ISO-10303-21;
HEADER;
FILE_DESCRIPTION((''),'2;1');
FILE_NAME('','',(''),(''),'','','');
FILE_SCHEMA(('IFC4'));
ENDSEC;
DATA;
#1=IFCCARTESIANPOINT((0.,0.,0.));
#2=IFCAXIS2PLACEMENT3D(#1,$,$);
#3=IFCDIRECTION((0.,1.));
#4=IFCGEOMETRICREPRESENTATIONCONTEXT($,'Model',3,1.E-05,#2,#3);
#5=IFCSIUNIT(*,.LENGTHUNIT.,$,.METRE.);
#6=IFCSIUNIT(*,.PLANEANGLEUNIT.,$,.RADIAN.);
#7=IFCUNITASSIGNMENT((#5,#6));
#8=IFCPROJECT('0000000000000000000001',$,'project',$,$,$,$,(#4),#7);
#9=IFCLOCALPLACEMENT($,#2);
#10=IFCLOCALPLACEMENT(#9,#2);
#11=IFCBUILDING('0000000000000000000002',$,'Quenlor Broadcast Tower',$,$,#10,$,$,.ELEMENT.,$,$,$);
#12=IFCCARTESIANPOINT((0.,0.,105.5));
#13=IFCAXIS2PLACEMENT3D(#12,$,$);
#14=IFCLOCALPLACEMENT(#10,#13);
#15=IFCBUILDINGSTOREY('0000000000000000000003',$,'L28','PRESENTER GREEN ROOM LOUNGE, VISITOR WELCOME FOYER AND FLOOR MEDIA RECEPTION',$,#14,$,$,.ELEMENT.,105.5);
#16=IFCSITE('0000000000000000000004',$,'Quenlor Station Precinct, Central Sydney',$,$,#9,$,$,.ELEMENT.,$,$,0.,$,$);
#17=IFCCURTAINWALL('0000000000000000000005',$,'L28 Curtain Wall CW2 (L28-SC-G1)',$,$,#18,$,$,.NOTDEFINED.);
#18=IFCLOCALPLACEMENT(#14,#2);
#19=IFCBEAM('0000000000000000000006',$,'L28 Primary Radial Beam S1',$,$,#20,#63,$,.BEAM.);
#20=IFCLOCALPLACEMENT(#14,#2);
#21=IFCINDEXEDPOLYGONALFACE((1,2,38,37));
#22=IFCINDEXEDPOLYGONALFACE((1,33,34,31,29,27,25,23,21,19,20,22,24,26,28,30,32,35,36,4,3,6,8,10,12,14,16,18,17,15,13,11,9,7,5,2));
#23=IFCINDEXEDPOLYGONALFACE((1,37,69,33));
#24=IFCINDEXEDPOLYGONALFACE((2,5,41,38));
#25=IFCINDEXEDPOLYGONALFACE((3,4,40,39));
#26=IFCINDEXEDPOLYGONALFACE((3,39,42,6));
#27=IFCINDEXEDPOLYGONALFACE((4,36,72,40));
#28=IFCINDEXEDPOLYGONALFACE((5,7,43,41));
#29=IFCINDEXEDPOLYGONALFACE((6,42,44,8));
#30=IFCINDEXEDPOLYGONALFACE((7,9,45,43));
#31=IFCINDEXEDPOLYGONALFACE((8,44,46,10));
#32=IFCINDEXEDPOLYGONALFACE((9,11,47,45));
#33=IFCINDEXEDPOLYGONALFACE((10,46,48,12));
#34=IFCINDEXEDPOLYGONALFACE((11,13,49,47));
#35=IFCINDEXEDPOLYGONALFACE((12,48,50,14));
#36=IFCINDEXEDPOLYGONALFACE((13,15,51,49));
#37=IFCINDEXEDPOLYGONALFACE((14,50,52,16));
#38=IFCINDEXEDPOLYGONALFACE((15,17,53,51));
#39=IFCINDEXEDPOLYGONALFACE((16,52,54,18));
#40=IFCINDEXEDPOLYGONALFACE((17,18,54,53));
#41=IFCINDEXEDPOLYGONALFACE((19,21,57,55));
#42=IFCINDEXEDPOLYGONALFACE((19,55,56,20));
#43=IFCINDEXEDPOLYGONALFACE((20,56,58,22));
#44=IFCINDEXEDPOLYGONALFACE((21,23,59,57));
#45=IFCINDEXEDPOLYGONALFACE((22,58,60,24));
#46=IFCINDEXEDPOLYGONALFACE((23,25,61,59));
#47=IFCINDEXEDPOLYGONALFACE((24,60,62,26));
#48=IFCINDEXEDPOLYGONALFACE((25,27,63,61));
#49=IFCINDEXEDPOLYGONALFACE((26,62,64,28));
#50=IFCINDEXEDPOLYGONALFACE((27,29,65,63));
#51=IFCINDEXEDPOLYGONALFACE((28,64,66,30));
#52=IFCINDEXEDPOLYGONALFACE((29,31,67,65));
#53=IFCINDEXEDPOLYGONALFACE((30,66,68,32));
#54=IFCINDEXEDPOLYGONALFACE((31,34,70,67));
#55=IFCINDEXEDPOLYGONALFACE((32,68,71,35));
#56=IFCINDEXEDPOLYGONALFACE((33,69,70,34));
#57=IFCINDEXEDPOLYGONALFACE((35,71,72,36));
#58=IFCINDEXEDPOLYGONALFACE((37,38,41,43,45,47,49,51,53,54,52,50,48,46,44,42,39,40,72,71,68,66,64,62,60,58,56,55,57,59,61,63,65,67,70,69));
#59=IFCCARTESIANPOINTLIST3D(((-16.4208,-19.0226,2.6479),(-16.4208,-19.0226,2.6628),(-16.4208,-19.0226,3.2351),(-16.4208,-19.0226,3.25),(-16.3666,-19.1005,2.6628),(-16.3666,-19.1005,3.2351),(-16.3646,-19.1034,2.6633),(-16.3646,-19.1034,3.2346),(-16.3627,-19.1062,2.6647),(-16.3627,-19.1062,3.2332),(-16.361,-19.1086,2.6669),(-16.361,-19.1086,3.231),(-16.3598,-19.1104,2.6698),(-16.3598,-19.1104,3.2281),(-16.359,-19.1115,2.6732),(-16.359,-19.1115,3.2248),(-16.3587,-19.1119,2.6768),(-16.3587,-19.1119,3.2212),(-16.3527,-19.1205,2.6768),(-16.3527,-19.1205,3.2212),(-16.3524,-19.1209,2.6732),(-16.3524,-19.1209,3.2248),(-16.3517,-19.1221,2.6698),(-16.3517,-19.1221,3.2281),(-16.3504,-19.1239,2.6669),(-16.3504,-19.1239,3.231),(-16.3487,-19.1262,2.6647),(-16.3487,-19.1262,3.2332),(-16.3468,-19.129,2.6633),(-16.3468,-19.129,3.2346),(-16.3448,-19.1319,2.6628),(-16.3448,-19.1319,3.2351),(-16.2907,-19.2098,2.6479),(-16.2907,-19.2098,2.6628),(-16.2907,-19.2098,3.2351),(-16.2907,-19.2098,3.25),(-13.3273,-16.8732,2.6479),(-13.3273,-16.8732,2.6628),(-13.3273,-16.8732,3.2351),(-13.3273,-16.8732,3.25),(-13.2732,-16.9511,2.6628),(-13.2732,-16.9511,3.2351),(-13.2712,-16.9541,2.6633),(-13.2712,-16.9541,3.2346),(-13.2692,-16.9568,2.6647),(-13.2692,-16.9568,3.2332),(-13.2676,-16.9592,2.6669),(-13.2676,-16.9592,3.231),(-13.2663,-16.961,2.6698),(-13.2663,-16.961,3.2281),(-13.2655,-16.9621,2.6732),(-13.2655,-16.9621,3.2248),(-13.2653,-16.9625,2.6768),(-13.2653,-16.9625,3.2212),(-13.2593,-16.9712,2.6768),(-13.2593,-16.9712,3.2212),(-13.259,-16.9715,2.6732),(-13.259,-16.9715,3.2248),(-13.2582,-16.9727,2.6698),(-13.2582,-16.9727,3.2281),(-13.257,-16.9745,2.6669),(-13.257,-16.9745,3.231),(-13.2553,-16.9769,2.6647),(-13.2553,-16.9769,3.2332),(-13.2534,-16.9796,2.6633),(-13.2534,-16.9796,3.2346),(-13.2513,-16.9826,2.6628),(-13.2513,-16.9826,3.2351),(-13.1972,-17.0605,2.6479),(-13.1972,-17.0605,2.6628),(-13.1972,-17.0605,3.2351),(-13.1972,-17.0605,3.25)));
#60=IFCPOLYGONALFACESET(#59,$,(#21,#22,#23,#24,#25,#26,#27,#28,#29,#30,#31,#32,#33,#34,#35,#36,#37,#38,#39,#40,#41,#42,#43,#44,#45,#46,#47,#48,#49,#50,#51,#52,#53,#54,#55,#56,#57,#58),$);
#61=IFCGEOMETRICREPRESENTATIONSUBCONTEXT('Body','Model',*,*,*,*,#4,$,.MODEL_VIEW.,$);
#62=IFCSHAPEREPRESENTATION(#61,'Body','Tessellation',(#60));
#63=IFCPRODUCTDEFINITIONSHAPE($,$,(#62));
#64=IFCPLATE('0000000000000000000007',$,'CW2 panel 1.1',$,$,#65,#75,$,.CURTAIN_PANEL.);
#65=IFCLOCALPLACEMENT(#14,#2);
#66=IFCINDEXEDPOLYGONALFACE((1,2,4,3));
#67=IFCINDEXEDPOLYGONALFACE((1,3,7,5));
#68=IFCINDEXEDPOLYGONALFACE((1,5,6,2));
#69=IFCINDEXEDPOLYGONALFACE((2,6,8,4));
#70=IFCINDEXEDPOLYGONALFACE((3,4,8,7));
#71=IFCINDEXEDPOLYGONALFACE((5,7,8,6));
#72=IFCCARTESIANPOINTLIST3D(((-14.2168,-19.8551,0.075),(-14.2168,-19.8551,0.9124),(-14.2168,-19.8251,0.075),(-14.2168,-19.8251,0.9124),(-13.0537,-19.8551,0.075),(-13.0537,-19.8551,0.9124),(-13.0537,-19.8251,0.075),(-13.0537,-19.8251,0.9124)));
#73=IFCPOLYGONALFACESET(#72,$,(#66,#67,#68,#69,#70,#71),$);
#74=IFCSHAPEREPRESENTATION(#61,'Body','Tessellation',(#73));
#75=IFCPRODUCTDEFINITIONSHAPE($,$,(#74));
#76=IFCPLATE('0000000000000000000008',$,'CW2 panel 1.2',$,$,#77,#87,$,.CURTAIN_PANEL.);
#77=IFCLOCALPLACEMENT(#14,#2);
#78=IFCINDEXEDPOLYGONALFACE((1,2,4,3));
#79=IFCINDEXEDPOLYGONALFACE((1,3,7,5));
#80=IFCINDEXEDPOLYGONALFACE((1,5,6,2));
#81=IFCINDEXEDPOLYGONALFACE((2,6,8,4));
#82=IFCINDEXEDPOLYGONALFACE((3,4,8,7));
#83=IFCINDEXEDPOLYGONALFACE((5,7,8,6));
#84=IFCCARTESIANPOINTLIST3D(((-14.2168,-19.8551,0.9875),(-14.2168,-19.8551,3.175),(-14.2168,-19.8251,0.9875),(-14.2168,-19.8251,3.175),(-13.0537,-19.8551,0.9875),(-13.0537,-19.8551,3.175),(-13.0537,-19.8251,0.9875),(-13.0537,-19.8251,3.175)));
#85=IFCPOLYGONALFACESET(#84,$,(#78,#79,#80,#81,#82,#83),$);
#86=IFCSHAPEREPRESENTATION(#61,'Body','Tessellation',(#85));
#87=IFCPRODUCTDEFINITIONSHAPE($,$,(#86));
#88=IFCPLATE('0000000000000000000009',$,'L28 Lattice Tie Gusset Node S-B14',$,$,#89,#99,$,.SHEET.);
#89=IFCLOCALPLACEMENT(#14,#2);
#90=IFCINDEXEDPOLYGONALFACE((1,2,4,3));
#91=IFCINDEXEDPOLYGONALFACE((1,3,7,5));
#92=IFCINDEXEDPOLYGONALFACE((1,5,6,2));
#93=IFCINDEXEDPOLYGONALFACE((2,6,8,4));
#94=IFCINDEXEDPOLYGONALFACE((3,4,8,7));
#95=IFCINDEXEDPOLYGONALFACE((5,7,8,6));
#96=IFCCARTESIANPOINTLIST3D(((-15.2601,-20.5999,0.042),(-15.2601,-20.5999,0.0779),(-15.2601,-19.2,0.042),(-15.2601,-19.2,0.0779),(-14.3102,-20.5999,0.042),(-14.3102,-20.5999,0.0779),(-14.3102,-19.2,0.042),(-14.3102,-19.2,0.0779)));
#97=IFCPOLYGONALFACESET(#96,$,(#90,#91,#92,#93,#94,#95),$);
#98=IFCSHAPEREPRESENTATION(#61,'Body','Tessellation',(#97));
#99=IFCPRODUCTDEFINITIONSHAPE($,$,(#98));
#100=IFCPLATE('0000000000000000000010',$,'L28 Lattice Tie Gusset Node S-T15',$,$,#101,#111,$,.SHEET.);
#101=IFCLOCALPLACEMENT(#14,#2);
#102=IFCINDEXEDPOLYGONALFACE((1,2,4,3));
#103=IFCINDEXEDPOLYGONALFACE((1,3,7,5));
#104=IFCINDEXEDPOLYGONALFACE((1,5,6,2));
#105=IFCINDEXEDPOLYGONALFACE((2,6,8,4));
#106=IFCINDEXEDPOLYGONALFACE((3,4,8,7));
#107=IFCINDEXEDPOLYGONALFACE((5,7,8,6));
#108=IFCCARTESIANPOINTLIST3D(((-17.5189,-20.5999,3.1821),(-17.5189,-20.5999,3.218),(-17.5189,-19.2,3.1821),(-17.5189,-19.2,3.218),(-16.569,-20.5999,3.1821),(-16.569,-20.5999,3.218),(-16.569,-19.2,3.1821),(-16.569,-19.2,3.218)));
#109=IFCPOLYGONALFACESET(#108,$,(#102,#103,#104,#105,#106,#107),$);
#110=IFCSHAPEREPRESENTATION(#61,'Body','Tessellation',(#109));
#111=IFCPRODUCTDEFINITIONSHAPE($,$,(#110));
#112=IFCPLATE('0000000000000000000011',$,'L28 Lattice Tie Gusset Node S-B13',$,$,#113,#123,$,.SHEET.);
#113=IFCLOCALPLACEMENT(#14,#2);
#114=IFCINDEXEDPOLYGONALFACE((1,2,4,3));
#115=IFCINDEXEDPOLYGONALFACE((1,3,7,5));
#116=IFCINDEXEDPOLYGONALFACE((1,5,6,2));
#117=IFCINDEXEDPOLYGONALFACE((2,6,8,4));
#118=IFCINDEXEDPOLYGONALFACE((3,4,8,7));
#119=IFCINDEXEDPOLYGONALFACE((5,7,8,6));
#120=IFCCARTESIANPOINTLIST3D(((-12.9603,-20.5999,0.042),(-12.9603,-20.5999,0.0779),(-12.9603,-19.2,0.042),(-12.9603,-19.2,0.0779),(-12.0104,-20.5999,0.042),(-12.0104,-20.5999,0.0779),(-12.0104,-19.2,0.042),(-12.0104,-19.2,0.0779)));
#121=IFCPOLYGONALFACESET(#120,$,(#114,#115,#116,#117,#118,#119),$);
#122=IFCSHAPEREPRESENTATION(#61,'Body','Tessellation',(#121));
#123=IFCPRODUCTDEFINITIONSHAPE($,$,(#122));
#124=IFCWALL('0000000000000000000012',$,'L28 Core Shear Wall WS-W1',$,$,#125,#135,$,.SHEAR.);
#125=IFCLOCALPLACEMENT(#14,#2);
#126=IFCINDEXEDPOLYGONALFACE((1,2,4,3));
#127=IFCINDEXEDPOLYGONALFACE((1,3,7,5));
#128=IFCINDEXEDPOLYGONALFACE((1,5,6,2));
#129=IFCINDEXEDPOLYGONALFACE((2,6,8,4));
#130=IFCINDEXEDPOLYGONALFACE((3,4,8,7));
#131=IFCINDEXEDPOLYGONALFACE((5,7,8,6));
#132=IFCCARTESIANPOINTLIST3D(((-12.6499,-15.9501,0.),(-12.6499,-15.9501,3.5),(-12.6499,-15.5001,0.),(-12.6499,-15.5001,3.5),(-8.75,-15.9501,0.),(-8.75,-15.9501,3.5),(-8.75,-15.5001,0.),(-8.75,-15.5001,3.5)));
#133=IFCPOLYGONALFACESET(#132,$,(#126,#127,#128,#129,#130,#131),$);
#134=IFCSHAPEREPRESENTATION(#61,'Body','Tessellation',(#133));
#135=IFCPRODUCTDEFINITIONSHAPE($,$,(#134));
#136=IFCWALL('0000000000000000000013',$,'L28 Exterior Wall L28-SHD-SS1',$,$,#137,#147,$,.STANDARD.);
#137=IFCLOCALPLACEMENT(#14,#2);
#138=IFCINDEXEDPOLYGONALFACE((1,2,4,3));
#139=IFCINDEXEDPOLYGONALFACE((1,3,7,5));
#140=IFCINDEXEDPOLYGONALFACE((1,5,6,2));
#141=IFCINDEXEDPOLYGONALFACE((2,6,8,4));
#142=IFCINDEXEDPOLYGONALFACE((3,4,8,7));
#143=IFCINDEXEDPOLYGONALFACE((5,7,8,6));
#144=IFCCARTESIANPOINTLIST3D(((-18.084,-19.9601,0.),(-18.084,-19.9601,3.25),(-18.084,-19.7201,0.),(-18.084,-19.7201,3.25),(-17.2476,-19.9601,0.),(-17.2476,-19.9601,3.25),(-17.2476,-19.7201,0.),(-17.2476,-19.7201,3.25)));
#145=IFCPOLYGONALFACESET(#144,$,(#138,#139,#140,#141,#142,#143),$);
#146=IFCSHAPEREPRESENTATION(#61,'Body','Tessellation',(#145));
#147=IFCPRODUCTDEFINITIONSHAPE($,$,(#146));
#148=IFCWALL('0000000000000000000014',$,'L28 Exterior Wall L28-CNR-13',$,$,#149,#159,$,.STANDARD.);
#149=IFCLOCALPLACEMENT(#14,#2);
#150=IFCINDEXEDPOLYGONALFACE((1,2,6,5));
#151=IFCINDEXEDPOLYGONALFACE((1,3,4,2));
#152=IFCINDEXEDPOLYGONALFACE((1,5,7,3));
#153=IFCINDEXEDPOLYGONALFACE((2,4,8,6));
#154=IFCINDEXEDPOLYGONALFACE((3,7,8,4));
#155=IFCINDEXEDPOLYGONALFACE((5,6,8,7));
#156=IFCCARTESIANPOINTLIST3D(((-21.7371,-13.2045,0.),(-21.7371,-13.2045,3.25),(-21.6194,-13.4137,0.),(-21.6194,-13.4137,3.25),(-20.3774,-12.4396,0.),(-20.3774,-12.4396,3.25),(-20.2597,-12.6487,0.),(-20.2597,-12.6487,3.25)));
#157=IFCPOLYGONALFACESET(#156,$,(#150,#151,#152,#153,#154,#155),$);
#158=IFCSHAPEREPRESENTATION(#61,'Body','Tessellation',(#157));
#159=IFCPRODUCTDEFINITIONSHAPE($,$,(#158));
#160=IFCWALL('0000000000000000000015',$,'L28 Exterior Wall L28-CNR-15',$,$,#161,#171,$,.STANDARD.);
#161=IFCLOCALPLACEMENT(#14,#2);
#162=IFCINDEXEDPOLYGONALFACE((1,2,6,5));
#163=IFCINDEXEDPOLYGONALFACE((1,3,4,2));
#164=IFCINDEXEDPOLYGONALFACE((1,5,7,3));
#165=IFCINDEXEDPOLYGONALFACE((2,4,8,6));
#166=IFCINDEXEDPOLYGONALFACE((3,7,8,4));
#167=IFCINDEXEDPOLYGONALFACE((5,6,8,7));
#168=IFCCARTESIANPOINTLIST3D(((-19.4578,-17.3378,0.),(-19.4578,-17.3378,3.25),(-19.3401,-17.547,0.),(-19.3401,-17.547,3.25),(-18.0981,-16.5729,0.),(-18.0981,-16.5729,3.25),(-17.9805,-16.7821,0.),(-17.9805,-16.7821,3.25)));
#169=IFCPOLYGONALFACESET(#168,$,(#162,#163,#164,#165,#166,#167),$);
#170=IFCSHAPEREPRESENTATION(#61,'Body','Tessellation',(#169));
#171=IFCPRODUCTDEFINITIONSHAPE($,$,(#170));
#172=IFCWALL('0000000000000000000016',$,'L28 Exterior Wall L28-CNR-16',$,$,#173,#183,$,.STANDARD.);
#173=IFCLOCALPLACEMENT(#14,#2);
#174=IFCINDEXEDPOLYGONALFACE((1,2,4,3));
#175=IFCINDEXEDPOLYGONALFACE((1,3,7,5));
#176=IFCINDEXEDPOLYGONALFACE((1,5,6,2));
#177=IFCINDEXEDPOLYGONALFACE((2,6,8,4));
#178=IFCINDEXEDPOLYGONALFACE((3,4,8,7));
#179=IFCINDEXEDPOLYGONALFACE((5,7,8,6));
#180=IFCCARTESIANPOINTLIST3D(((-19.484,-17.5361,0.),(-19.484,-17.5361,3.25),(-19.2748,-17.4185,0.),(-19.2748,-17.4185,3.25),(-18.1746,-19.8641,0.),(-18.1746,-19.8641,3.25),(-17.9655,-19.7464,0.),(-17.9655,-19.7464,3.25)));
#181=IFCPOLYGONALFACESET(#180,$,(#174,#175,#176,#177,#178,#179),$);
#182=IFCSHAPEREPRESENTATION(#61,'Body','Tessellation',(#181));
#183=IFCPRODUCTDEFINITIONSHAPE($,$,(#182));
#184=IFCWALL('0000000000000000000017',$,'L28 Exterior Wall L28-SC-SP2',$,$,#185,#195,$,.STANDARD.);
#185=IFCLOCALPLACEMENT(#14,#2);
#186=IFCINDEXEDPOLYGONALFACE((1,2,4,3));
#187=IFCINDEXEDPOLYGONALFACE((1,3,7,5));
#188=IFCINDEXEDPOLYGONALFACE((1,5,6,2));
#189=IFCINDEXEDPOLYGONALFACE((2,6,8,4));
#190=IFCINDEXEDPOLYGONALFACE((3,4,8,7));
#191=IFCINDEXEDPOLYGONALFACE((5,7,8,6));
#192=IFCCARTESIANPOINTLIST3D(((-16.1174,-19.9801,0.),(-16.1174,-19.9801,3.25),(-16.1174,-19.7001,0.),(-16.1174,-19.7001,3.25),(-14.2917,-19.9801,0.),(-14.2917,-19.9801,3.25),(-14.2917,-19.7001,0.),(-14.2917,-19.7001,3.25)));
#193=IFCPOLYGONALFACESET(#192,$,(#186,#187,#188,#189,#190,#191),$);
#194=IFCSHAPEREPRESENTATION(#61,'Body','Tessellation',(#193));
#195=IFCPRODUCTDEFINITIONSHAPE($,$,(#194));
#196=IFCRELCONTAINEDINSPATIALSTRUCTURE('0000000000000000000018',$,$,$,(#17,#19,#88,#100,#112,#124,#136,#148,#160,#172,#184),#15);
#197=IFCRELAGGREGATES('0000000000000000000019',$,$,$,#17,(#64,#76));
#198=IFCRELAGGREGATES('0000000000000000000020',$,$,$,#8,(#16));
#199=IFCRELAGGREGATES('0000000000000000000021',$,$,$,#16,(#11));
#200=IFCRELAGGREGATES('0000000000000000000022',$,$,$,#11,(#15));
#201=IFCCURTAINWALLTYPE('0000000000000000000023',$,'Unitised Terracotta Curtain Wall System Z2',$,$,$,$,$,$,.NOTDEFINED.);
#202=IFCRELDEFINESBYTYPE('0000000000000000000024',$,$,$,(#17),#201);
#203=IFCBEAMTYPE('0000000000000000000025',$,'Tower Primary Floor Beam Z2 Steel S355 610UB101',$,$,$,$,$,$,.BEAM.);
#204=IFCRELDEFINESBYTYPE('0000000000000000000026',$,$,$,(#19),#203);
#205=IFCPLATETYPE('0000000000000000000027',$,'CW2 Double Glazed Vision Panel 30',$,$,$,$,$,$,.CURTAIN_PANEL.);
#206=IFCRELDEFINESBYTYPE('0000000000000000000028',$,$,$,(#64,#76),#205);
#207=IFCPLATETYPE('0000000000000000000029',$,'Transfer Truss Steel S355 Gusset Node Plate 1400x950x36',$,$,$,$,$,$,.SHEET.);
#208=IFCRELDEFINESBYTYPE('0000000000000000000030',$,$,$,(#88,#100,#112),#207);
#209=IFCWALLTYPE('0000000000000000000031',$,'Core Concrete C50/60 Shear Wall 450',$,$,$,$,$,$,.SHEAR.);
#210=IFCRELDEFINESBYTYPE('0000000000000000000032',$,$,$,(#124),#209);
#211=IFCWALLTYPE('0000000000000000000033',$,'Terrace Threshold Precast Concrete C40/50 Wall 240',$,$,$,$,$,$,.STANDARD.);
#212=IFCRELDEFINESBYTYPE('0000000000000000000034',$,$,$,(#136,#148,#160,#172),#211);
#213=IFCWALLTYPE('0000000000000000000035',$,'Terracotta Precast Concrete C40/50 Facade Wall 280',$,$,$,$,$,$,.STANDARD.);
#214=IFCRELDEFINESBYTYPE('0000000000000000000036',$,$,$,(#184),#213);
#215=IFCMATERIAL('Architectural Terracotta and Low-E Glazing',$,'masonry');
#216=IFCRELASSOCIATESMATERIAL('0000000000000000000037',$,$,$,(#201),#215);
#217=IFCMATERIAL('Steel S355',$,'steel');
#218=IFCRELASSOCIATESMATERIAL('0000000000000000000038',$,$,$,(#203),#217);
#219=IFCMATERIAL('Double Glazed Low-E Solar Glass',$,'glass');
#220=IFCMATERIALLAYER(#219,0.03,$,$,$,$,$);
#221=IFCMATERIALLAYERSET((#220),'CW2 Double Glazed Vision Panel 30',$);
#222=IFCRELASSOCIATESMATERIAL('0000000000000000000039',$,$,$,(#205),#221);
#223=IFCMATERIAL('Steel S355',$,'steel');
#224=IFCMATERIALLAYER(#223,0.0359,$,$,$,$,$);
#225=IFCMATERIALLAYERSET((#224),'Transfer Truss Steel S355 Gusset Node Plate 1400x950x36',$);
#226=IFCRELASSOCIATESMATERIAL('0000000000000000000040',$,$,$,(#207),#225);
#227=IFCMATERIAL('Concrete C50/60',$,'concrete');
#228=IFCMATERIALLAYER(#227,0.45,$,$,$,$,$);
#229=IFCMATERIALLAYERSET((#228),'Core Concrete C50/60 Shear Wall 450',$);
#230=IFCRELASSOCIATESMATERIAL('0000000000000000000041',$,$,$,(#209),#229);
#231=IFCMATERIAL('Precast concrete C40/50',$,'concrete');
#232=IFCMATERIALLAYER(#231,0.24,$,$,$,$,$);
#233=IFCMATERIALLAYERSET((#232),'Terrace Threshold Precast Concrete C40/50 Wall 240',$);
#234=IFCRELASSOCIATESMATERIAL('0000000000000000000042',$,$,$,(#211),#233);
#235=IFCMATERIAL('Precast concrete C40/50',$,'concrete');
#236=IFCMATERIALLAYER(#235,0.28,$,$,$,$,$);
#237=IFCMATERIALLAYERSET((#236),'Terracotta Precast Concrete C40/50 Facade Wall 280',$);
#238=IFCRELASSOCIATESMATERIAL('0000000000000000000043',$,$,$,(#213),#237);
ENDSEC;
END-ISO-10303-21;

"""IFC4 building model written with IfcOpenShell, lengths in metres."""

from ifc_helpers import new_model, si_unit, direction, frame, frame_2d, origin, origin_2d, place, context, subcontext, project, spatial, rectangle, i_section, extrude, material, layer, layer_set, material_profile, profile_set, type_object, element, aggregate, save


model = new_model("IFC4")

# Units and contexts
model_context = context("Model", 3, precision=1e-05, world=origin(), true_north=direction((0.0, 1.0)))
body_context = subcontext(model_context, "Body", "Model", "MODEL_VIEW")
ifc_project = project(units=[si_unit("LENGTHUNIT", "METRE"), si_unit("PLANEANGLEUNIT", "RADIAN")], contexts=[model_context])

# Site, building, storey
site_placement = place(None, origin())
site = spatial("IfcSite", under=ifc_project, at=site_placement, Name="Quenlor Station Precinct, Central Sydney", CompositionType="ELEMENT", RefElevation=0.0)
building_placement = place(site_placement, origin())
building = spatial("IfcBuilding", under=site, at=building_placement, Name="Quenlor Broadcast Tower", CompositionType="ELEMENT")
storey_placement = place(building_placement, frame((0.0, 0.0, 105.5)))
storey = spatial("IfcBuildingStorey", under=building, at=storey_placement, Name="L28", Description="PRESENTER GREEN ROOM LOUNGE, VISITOR WELCOME FOYER AND FLOOR MEDIA RECEPTION", CompositionType="ELEMENT", Elevation=105.5)

# Curtain wall
ifc_material_1 = material(Name="Architectural Terracotta and Low-E Glazing", Category="masonry")
curtain_wall_type = type_object("IfcCurtainWallType", Name="Unitised Terracotta Curtain Wall System Z2", PredefinedType="NOTDEFINED", material=ifc_material_1)
curtain_wall_placement = place(storey_placement, origin())
curtain_wall = element("IfcCurtainWall", 1, at=curtain_wall_placement, inside=storey, type_object=curtain_wall_type, Name="L28 Curtain Wall CW2 (L28-SC-G1)", PredefinedType="NOTDEFINED")

# Beam
ifc_material_2 = material(Name="Steel S355", Category="steel")
ifc_material_profile_1 = material_profile(ifc_material_2, i_section(OverallWidth=0.228, OverallDepth=0.6021, WebThickness=0.0105, FlangeThickness=0.0149, FilletRadius=0.0139, at=origin_2d()))
ifc_profile_set_1 = profile_set([ifc_material_profile_1], Name="Steel S355 610UB101")
beam_type_1 = type_object("IfcBeamType", Name="Tower Primary Floor Beam Z2 Steel S355 610UB101", PredefinedType="BEAM", material=ifc_profile_set_1)
beam_1_placement = place(storey_placement, frame((-16.3557, -19.1162, 2.949), z_axis=(0.821227, 0.570601, 0.0), x_axis=(-0.570601, 0.821227, 0.0)))
element("IfcBeam", 2, at=beam_1_placement, inside=storey, type_object=beam_type_1, Name="L28 Primary Radial Beam S1", PredefinedType="BEAM", context=body_context, shape_type="SweptSolid", body=[
    extrude(i_section(OverallWidth=0.228, OverallDepth=0.6021, WebThickness=0.0105, FlangeThickness=0.0149, FilletRadius=0.0139, at=origin_2d()), origin(), (0.0, 0.0, 1.0), 3.7668),
])

# Plates
ifc_material_3 = material(Name="Double Glazed Low-E Solar Glass", Category="glass")
ifc_layer_1 = layer(ifc_material_3, 0.03)
ifc_layer_set_1 = layer_set([ifc_layer_1], Name="CW2 Double Glazed Vision Panel 30")
plate_type_1 = type_object("IfcPlateType", Name="CW2 Double Glazed Vision Panel 30", PredefinedType="CURTAIN_PANEL", material=ifc_layer_set_1)
plate_1_placement = place(storey_placement, frame((-13.6353, -19.8401, 0.075), z_axis=(0.0, 0.0, 1.0), x_axis=(-1.0, 0.0, 0.0)))
plate_1 = element("IfcPlate", 3, at=plate_1_placement, type_object=plate_type_1, Name="CW2 panel 1.1", PredefinedType="CURTAIN_PANEL", context=body_context, shape_type="SweptSolid", body=[
    extrude(rectangle(XDim=1.1631, YDim=0.03, at=origin_2d()), origin(), (0.0, 0.0, 1.0), 0.8374),
])
plate_2_placement = place(storey_placement, frame((-13.6353, -19.8401, 0.9875), z_axis=(0.0, 0.0, 1.0), x_axis=(-1.0, 0.0, 0.0)))
plate_2 = element("IfcPlate", 4, at=plate_2_placement, type_object=plate_type_1, Name="CW2 panel 1.2", PredefinedType="CURTAIN_PANEL", context=body_context, shape_type="SweptSolid", body=[
    extrude(rectangle(XDim=1.1631, YDim=0.03, at=origin_2d()), origin(), (0.0, 0.0, 1.0), 2.1875),
])
aggregate(curtain_wall, [plate_1, plate_2])

# Plates
ifc_material_4 = material(Name="Steel S355", Category="steel")
ifc_layer_2 = layer(ifc_material_4, 0.0359)
ifc_layer_set_2 = layer_set([ifc_layer_2], Name="Transfer Truss Steel S355 Gusset Node Plate 1400x950x36")
plate_type_2 = type_object("IfcPlateType", Name="Transfer Truss Steel S355 Gusset Node Plate 1400x950x36", PredefinedType="SHEET", material=ifc_layer_set_2)
for number, where, z_axis, x_axis, name in (
    (5, (-14.7852, -19.8999, 0.042), (0.0, 0.0, 1.0), (0.0, -1.0, 0.0), "L28 Lattice Tie Gusset Node S-B14"),
    (6, (-17.0439, -19.8999, 3.1821), (0.0, 0.0, 1.0), (0.0, -1.0, 0.0), "L28 Lattice Tie Gusset Node S-T15"),
    (7, (-12.4854, -19.8999, 0.042), (0.0, 0.0, 1.0), (0.0, -1.0, 0.0), "L28 Lattice Tie Gusset Node S-B13"),
):
    element("IfcPlate", number, at=place(storey_placement, frame(where, z_axis=z_axis, x_axis=x_axis)), inside=storey, type_object=plate_type_2, Name=name, PredefinedType="SHEET", context=body_context, shape_type="SweptSolid", body=[
        extrude(rectangle(XDim=1.3999, YDim=0.95, at=origin_2d()), origin(), (0.0, 0.0, 1.0), 0.0359),
    ])

# Walls
ifc_material_5 = material(Name="Concrete C50/60", Category="concrete")
ifc_layer_3 = layer(ifc_material_5, 0.45)
ifc_layer_set_3 = layer_set([ifc_layer_3], Name="Core Concrete C50/60 Shear Wall 450")
wall_type_1 = type_object("IfcWallType", Name="Core Concrete C50/60 Shear Wall 450", PredefinedType="SHEAR", material=ifc_layer_set_3)
wall_1_placement = place(storey_placement, frame((-12.6499, -15.7251, 0.0), z_axis=(0.0, 0.0, 1.0), x_axis=(1.0, 0.0, 0.0)))
element("IfcWall", 8, at=wall_1_placement, inside=storey, type_object=wall_type_1, Name="L28 Core Shear Wall WS-W1", PredefinedType="SHEAR", context=body_context, shape_type="SweptSolid", body=[
    extrude(rectangle(XDim=3.8999, YDim=0.45, at=frame_2d((1.95, 0.0))), origin(), (0.0, 0.0, 1.0), 3.5),
])
ifc_material_6 = material(Name="Precast concrete C40/50", Category="concrete")
ifc_layer_4 = layer(ifc_material_6, 0.24)
ifc_layer_set_4 = layer_set([ifc_layer_4], Name="Terrace Threshold Precast Concrete C40/50 Wall 240")
wall_type_2 = type_object("IfcWallType", Name="Terrace Threshold Precast Concrete C40/50 Wall 240", PredefinedType="STANDARD", material=ifc_layer_set_4)
wall_2_placement = place(storey_placement, frame((-17.2476, -19.8401, 0.0), z_axis=(0.0, 0.0, 1.0), x_axis=(-1.0, 0.0, 0.0)))
element("IfcWall", 9, at=wall_2_placement, inside=storey, type_object=wall_type_2, Name="L28 Exterior Wall L28-SHD-SS1", PredefinedType="STANDARD", context=body_context, shape_type="SweptSolid", body=[
    extrude(rectangle(XDim=0.8364, YDim=0.24, at=frame_2d((0.4182, 0.0))), origin(), (0.0, 0.0, 1.0), 3.25),
])
for number, where, z_axis, x_axis, name in (
    (10, (-21.6782, -13.3091, 0.0), (0.0, 0.0, 1.0), (0.871546, 0.490313, 0.0), "L28 Exterior Wall L28-CNR-13"),
    (11, (-18.0393, -16.6775, 0.0), (0.0, 0.0, 1.0), (-0.871546, -0.490313, 0.0), "L28 Exterior Wall L28-CNR-15"),
):
    element("IfcWall", number, at=place(storey_placement, frame(where, z_axis=z_axis, x_axis=x_axis)), inside=storey, type_object=wall_type_2, Name=name, PredefinedType="STANDARD", context=body_context, shape_type="SweptSolid", body=[
        extrude(rectangle(XDim=1.5601, YDim=0.24, at=frame_2d((0.78, 0.0))), origin(), (0.0, 0.0, 1.0), 3.25),
    ])
wall_3_placement = place(storey_placement, frame((-19.3794, -17.4773, 0.0), z_axis=(0.0, 0.0, 1.0), x_axis=(0.490231, -0.871593, 0.0)))
element("IfcWall", 12, at=wall_3_placement, inside=storey, type_object=wall_type_2, Name="L28 Exterior Wall L28-CNR-16", PredefinedType="STANDARD", context=body_context, shape_type="SweptSolid", body=[
    extrude(rectangle(XDim=2.6709, YDim=0.24, at=frame_2d((1.3354, 0.0))), origin(), (0.0, 0.0, 1.0), 3.25),
])
ifc_material_7 = material(Name="Precast concrete C40/50", Category="concrete")
ifc_layer_5 = layer(ifc_material_7, 0.28)
ifc_layer_set_5 = layer_set([ifc_layer_5], Name="Terracotta Precast Concrete C40/50 Facade Wall 280")
wall_type_3 = type_object("IfcWallType", Name="Terracotta Precast Concrete C40/50 Facade Wall 280", PredefinedType="STANDARD", material=ifc_layer_set_5)
wall_4_placement = place(storey_placement, frame((-14.2917, -19.8401, 0.0), z_axis=(0.0, 0.0, 1.0), x_axis=(-1.0, 0.0, 0.0)))
element("IfcWall", 13, at=wall_4_placement, inside=storey, type_object=wall_type_3, Name="L28 Exterior Wall L28-SC-SP2", PredefinedType="STANDARD", context=body_context, shape_type="SweptSolid", body=[
    extrude(rectangle(XDim=1.8257, YDim=0.28, at=frame_2d((0.9128, 0.0))), origin(), (0.0, 0.0, 1.0), 3.25),
])

save(model, "model.ifc")
